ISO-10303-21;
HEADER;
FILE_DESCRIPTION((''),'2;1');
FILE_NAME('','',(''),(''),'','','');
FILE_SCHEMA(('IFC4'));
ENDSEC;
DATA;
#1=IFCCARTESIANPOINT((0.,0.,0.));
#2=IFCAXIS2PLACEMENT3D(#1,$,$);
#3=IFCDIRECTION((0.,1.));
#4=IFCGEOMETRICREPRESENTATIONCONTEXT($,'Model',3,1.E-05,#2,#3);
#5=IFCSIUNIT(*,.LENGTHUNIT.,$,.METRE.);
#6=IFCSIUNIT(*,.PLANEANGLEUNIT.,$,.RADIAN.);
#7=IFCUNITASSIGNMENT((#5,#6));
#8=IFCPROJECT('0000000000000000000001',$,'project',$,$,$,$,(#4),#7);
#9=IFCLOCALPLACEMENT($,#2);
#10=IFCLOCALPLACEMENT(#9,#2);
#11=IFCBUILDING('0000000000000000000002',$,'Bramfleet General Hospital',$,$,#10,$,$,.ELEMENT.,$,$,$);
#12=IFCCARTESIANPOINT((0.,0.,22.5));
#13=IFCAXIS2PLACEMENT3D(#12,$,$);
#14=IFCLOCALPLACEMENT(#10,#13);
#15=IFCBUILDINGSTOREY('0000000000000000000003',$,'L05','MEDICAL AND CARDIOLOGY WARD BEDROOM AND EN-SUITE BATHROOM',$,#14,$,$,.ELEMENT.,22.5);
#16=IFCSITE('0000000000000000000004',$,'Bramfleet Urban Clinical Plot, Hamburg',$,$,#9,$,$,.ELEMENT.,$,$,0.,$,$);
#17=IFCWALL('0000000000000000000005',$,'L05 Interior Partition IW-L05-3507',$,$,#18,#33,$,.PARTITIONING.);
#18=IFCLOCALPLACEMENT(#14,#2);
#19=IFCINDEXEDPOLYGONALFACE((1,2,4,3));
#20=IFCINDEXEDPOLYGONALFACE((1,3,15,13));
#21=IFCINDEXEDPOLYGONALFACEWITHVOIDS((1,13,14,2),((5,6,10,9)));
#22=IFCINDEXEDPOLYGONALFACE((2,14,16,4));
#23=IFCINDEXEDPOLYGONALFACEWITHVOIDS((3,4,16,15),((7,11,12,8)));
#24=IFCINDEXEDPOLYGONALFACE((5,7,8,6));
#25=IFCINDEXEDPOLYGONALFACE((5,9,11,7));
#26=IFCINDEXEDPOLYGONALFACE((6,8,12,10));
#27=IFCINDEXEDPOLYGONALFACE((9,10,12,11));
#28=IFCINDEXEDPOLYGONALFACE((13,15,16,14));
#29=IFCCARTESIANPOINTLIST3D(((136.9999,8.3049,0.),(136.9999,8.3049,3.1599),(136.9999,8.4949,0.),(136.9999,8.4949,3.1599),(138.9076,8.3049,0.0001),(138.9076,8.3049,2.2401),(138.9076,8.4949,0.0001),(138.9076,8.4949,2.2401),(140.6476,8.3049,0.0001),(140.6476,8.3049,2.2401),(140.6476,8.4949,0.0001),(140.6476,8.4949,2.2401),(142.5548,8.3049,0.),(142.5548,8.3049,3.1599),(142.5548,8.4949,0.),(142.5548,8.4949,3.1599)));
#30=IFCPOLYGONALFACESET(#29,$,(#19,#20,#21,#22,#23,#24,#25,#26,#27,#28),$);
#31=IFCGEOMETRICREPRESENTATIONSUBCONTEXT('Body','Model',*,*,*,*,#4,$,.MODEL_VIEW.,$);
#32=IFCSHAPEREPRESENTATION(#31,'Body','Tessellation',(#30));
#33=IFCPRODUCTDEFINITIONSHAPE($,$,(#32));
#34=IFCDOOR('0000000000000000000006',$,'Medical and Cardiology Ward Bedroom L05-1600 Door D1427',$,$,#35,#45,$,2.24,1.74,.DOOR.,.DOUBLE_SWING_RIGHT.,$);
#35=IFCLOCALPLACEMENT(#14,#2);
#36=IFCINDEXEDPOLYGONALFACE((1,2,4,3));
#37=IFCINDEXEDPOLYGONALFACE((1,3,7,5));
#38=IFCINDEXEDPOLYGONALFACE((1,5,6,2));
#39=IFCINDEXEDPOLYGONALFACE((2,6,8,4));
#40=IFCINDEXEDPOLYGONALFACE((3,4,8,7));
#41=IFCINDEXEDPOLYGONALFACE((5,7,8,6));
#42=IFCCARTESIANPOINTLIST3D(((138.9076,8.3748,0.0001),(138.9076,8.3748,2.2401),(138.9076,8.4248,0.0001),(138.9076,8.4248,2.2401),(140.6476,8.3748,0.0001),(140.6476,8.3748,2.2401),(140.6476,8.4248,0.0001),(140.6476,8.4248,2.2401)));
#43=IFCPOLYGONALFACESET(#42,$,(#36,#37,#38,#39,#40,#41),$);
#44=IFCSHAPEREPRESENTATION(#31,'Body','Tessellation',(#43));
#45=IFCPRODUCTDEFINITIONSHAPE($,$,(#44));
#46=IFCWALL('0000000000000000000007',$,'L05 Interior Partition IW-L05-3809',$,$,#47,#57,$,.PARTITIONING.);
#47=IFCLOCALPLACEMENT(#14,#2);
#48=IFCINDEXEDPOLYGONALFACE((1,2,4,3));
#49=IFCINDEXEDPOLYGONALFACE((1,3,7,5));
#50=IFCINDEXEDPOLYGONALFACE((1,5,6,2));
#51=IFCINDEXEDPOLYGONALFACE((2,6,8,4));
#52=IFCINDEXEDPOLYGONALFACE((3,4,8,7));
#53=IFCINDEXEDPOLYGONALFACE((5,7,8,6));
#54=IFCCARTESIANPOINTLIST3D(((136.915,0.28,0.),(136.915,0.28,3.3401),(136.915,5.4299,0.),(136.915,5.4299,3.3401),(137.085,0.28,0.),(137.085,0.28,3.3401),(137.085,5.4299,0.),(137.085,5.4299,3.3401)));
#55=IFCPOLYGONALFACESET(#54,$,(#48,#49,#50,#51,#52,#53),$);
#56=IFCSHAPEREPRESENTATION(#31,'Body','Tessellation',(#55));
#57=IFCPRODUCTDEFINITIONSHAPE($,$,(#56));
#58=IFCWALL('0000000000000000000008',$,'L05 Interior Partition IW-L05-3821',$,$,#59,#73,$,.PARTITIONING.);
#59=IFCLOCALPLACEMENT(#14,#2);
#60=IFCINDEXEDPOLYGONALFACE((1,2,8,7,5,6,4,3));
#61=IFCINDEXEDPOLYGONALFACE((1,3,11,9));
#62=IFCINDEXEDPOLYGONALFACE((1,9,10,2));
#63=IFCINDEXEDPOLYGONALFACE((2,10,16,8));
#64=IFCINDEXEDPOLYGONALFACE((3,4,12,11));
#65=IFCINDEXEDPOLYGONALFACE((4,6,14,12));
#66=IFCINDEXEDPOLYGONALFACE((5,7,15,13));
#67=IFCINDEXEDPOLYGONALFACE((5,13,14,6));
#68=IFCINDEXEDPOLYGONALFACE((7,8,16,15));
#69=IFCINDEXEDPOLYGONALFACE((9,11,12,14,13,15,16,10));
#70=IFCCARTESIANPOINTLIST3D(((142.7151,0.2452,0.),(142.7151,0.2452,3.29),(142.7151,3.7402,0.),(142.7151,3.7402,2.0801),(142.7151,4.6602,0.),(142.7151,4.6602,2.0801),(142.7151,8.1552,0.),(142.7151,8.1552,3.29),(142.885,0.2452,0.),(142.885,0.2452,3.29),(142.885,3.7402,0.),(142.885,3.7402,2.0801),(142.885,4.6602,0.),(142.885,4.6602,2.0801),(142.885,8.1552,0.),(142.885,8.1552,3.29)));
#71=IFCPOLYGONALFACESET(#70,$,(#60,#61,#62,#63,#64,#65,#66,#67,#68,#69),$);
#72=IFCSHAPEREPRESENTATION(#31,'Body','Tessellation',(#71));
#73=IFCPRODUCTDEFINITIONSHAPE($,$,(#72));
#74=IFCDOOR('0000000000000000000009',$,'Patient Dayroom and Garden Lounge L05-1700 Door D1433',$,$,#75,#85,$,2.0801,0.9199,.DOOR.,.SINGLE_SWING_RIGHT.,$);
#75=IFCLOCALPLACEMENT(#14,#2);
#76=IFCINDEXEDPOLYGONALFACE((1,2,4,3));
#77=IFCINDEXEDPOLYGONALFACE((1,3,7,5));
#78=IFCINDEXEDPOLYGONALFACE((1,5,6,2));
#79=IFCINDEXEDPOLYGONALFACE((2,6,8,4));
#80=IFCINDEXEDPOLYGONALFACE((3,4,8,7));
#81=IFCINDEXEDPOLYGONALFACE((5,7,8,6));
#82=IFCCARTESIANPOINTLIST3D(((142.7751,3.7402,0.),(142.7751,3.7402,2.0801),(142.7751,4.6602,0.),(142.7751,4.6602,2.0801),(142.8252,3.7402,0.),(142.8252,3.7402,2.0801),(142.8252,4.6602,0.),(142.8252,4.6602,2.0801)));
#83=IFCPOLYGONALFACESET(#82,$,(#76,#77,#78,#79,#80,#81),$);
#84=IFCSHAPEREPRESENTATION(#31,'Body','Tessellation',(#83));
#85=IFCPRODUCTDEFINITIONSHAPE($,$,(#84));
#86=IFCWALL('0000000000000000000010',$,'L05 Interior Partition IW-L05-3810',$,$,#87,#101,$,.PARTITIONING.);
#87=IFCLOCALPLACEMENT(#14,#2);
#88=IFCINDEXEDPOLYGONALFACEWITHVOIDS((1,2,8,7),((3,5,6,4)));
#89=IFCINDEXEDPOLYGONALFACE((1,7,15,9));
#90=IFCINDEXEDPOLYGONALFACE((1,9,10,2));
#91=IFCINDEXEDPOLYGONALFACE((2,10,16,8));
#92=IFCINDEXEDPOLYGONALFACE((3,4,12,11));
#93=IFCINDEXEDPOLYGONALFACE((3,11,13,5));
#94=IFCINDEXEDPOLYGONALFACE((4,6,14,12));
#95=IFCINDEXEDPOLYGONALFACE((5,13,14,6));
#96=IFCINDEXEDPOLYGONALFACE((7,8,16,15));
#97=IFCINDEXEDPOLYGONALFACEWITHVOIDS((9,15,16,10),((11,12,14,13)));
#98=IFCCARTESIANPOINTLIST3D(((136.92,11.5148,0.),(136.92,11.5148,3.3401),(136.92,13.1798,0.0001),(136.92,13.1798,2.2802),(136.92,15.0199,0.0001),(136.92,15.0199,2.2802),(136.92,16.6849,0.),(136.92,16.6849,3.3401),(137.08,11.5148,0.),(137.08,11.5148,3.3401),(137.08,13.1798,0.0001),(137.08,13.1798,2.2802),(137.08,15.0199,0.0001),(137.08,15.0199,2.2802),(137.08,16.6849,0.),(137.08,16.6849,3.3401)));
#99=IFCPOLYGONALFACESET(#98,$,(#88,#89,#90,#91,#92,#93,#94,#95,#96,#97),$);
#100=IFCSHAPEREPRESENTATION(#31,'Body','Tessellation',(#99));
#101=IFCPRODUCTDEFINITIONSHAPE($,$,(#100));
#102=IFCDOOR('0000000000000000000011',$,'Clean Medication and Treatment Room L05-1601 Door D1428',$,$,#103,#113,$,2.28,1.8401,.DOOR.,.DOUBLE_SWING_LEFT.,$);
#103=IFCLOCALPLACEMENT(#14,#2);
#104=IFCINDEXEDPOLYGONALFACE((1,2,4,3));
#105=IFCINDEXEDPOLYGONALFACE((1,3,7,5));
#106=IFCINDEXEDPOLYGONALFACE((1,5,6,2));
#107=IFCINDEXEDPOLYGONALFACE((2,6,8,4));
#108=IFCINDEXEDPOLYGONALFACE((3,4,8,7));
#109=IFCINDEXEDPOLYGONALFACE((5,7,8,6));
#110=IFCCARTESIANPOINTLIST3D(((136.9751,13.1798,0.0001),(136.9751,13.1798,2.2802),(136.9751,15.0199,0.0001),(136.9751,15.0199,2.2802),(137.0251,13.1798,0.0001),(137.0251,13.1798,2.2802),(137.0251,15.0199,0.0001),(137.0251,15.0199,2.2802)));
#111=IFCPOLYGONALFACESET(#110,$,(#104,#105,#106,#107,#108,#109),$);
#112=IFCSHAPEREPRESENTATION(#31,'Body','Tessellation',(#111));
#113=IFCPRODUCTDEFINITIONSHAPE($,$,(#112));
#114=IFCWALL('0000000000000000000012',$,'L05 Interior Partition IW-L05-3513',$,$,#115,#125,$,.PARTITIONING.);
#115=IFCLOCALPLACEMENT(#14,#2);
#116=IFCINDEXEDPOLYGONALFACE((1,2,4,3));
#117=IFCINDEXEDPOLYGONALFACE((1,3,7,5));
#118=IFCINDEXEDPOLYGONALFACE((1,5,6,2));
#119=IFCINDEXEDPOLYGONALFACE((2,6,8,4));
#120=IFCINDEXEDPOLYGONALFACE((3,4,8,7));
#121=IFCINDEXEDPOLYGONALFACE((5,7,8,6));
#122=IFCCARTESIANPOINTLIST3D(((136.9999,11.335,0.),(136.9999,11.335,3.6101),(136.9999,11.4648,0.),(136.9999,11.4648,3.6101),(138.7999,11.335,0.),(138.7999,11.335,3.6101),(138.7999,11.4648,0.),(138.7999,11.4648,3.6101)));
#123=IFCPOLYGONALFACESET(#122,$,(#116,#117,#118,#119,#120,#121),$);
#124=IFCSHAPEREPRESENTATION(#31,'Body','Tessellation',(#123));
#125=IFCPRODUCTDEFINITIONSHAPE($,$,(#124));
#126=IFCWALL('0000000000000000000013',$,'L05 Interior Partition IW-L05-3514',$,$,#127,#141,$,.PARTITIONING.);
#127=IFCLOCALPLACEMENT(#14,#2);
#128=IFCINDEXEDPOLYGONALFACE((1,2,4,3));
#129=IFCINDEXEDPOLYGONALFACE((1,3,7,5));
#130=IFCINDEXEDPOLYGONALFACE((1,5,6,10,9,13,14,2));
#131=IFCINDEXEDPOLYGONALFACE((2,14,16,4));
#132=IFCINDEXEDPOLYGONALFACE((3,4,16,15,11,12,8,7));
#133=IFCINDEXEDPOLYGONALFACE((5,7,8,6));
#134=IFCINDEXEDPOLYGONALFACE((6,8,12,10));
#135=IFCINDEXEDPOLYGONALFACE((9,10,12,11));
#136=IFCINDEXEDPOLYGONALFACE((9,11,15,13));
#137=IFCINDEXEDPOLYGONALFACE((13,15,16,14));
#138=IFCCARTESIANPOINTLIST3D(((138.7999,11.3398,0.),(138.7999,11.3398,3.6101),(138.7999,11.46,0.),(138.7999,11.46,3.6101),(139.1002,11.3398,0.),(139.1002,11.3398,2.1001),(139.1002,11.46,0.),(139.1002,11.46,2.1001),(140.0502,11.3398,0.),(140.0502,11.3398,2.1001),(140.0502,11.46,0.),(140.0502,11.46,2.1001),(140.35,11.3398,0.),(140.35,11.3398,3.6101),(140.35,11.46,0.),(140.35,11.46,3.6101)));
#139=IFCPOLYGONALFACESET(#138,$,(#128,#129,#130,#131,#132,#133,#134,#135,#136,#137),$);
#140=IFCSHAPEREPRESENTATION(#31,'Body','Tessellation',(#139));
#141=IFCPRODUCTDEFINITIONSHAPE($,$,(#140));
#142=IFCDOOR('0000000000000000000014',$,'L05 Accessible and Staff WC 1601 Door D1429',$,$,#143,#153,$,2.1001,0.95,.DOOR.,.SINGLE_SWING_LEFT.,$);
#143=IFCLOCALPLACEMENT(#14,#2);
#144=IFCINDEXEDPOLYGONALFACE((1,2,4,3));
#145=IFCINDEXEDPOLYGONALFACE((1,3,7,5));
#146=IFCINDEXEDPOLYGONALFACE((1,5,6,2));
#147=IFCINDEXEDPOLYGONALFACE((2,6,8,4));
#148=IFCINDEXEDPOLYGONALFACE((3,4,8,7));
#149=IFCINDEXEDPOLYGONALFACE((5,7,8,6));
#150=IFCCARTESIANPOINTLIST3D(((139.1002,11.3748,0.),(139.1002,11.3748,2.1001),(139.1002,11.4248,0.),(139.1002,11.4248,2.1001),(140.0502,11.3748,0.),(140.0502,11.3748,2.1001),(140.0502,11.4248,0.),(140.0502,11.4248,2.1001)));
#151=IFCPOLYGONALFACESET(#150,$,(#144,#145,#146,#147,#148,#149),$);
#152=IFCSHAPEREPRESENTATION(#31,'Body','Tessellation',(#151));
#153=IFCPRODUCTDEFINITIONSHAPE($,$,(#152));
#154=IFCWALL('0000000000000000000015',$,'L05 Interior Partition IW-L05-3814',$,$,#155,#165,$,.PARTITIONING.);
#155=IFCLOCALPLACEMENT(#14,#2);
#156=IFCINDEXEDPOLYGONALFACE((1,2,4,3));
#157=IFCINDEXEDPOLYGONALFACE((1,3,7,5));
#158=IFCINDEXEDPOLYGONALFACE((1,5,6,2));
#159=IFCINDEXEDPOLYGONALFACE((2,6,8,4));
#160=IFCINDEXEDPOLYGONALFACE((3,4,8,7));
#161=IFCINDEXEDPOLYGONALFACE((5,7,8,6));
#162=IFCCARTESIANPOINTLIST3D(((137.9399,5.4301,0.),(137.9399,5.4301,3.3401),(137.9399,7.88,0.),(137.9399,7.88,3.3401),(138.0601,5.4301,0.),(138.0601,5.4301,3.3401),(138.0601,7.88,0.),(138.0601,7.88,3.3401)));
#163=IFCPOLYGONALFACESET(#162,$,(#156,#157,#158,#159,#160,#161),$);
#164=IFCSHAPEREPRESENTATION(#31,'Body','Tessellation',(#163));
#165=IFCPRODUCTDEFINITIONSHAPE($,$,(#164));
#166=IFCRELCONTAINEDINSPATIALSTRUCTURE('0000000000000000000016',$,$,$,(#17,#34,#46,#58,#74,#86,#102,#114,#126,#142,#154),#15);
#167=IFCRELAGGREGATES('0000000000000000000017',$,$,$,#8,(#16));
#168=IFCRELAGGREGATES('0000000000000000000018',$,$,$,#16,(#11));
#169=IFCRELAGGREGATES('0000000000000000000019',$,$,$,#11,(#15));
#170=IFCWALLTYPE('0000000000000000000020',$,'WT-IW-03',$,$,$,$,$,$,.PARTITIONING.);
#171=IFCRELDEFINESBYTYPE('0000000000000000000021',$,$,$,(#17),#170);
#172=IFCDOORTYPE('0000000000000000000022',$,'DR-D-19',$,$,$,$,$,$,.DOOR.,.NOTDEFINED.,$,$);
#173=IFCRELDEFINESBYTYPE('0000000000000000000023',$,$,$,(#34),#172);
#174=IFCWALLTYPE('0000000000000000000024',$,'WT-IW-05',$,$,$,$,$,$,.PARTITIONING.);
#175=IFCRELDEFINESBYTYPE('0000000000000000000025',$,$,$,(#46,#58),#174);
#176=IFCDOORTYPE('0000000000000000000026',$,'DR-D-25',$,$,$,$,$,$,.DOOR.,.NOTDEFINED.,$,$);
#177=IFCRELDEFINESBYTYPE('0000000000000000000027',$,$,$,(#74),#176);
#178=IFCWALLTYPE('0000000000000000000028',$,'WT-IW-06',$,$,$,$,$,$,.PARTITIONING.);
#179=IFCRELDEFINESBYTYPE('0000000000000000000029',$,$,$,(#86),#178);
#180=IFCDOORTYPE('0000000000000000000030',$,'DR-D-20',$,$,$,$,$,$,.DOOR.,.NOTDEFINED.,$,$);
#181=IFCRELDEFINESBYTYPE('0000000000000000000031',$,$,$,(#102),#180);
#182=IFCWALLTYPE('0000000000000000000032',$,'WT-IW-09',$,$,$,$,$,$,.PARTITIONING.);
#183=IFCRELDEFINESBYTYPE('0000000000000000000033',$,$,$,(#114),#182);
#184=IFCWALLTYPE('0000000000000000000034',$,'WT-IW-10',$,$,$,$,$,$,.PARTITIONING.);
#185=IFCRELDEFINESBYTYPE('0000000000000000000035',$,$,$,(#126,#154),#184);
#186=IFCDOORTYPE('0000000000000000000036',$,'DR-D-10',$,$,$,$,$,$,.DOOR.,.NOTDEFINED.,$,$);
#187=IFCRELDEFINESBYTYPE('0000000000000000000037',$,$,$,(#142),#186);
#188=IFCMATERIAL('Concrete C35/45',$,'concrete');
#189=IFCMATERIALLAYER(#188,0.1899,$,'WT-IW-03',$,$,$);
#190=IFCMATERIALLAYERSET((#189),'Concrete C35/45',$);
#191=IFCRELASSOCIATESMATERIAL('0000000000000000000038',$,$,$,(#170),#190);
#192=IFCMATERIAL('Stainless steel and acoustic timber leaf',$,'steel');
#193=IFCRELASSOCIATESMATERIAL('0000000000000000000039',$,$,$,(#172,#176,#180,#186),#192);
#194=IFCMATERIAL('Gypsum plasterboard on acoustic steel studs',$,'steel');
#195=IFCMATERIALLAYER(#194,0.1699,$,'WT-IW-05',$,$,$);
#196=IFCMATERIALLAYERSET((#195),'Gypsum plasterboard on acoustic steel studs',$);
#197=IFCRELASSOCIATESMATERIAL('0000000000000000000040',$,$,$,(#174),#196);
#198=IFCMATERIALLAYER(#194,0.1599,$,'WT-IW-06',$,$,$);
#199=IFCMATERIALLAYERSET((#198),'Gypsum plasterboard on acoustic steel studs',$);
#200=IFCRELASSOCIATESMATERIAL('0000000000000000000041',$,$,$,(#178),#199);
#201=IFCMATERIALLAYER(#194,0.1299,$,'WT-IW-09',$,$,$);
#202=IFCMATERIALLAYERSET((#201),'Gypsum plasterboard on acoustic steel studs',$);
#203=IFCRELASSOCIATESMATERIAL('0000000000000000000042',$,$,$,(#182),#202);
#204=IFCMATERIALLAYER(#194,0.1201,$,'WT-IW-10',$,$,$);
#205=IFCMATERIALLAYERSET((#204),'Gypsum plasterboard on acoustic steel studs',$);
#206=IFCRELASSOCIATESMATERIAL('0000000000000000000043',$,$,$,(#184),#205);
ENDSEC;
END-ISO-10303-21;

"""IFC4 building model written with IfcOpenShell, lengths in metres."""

from ifc_helpers import new_model, si_unit, direction, frame, frame_2d, origin, place, context, subcontext, project, spatial, rectangle, extrude, material, layer, layer_set, type_object, element, fill, save


model = new_model("IFC4")

# Units and contexts
model_context = context("Model", 3, precision=1e-05, world=origin(), true_north=direction((0.0, 1.0)))
body_context = subcontext(model_context, "Body", "Model", "MODEL_VIEW")
ifc_project = project(units=[si_unit("LENGTHUNIT", "METRE"), si_unit("PLANEANGLEUNIT", "RADIAN")], contexts=[model_context])

# Site, building, storey
site_placement = place(None, origin())
site = spatial("IfcSite", under=ifc_project, at=site_placement, Name="Bramfleet Urban Clinical Plot, Hamburg", CompositionType="ELEMENT", RefElevation=0.0)
building_placement = place(site_placement, origin())
building = spatial("IfcBuilding", under=site, at=building_placement, Name="Bramfleet General Hospital", CompositionType="ELEMENT")
storey_placement = place(building_placement, frame((0.0, 0.0, 22.5)))
storey = spatial("IfcBuildingStorey", under=building, at=storey_placement, Name="L05", Description="MEDICAL AND CARDIOLOGY WARD BEDROOM AND EN-SUITE BATHROOM", CompositionType="ELEMENT", Elevation=22.5)

# Shared definitions
ifc_material_1 = material(Name="Concrete C35/45", Category="concrete")

# Wall, opening, door
ifc_layer_1 = layer(ifc_material_1, 0.1899, Name="WT-IW-03")
ifc_layer_set_1 = layer_set([ifc_layer_1], Name="Concrete C35/45")
wall_type_1 = type_object("IfcWallType", Name="WT-IW-03", PredefinedType="PARTITIONING", material=ifc_layer_set_1)
wall_1_placement = place(storey_placement, frame((137.0, 8.3999, 0.0), z_axis=(0.0, 0.0, 1.0), x_axis=(1.0, 0.0, 0.0)))
wall_1 = element("IfcWall", 1, at=wall_1_placement, inside=storey, type_object=wall_type_1, Name="L05 Interior Partition IW-L05-3507", PredefinedType="PARTITIONING", context=body_context, shape_type="SweptSolid", body=[
    extrude(rectangle(XDim=5.5549, YDim=0.1899, at=frame_2d((2.7773, 0.0))), origin(), (0.0, 0.0, 1.0), 3.1599),
])
opening_1_placement = place(wall_1_placement, frame((1.9075, 0.0, 0.0)))
opening_1 = element("IfcOpeningElement", 2, at=opening_1_placement, cuts=wall_1, PredefinedType="OPENING", context=body_context, shape_type="SweptSolid", body=[
    extrude(rectangle(XDim=1.74, YDim=2.24, at=frame_2d((0.8701, 1.1201))), frame((0.0, 0.105, 0.0), z_axis=(0.0, -1.0, 0.0), x_axis=(1.0, 0.0, 0.0)), (0.0, 0.0, 1.0), 0.21),
])
ifc_material_2 = material(Name="Stainless steel and acoustic timber leaf", Category="steel")
door_type_1 = type_object("IfcDoorType", Name="DR-D-19", OperationType="NOTDEFINED", PredefinedType="DOOR", material=ifc_material_2)
door_1_placement = place(opening_1_placement, origin())
door_1 = element("IfcDoor", 3, at=door_1_placement, inside=storey, type_object=door_type_1, Name="Medical and Cardiology Ward Bedroom L05-1600 Door D1427", OperationType="DOUBLE_SWING_RIGHT", OverallHeight=2.24, OverallWidth=1.74, PredefinedType="DOOR", context=body_context, shape_type="SweptSolid", body=[
    extrude(rectangle(XDim=1.74, YDim=2.24, at=frame_2d((0.8701, 1.1201))), frame((0.0, 0.0249, 0.0), z_axis=(0.0, -1.0, 0.0), x_axis=(1.0, 0.0, 0.0)), (0.0, 0.0, 1.0), 0.05),
])
fill(opening_1, door_1)

# Wall
ifc_material_3 = material(Name="Gypsum plasterboard on acoustic steel studs", Category="steel")
ifc_layer_2 = layer(ifc_material_3, 0.1699, Name="WT-IW-05")
ifc_layer_set_2 = layer_set([ifc_layer_2], Name="Gypsum plasterboard on acoustic steel studs")
wall_type_2 = type_object("IfcWallType", Name="WT-IW-05", PredefinedType="PARTITIONING", material=ifc_layer_set_2)
wall_2_placement = place(storey_placement, frame((137.0, 0.28, 0.0), z_axis=(0.0, 0.0, 1.0), x_axis=(0.0, 1.0, 0.0)))
element("IfcWall", 4, at=wall_2_placement, inside=storey, type_object=wall_type_2, Name="L05 Interior Partition IW-L05-3809", PredefinedType="PARTITIONING", context=body_context, shape_type="SweptSolid", body=[
    extrude(rectangle(XDim=5.1499, YDim=0.1699, at=frame_2d((2.575, 0.0))), origin(), (0.0, 0.0, 1.0), 3.3401),
])

# Walls, openings, doors
wall_3_placement = place(storey_placement, frame((142.8, 0.2451, 0.0), z_axis=(0.0, 0.0, 1.0), x_axis=(0.0, 1.0, 0.0)))
wall_3 = element("IfcWall", 5, at=wall_3_placement, inside=storey, type_object=wall_type_2, Name="L05 Interior Partition IW-L05-3821", PredefinedType="PARTITIONING", context=body_context, shape_type="SweptSolid", body=[
    extrude(rectangle(XDim=7.9099, YDim=0.1699, at=frame_2d((3.9551, 0.0))), origin(), (0.0, 0.0, 1.0), 3.29),
])
opening_2_placement = place(wall_3_placement, frame((3.4951, 0.0, 0.0)))
opening_2 = element("IfcOpeningElement", 6, at=opening_2_placement, cuts=wall_3, PredefinedType="OPENING", context=body_context, shape_type="SweptSolid", body=[
    extrude(rectangle(XDim=0.9199, YDim=2.0801, at=frame_2d((0.46, 1.04))), frame((0.0, 0.095, 0.0), z_axis=(0.0, -1.0, 0.0), x_axis=(1.0, 0.0, 0.0)), (0.0, 0.0, 1.0), 0.1899),
])
door_type_2 = type_object("IfcDoorType", Name="DR-D-25", OperationType="NOTDEFINED", PredefinedType="DOOR", material=ifc_material_2)
door_2_placement = place(opening_2_placement, origin())
door_2 = element("IfcDoor", 7, at=door_2_placement, inside=storey, type_object=door_type_2, Name="Patient Dayroom and Garden Lounge L05-1700 Door D1433", OperationType="SINGLE_SWING_RIGHT", OverallHeight=2.0801, OverallWidth=0.9199, PredefinedType="DOOR", context=body_context, shape_type="SweptSolid", body=[
    extrude(rectangle(XDim=0.9199, YDim=2.0801, at=frame_2d((0.46, 1.04))), frame((0.0, 0.0249, 0.0), z_axis=(0.0, -1.0, 0.0), x_axis=(1.0, 0.0, 0.0)), (0.0, 0.0, 1.0), 0.05),
])
fill(opening_2, door_2)
ifc_layer_3 = layer(ifc_material_3, 0.1599, Name="WT-IW-06")
ifc_layer_set_3 = layer_set([ifc_layer_3], Name="Gypsum plasterboard on acoustic steel studs")
wall_type_3 = type_object("IfcWallType", Name="WT-IW-06", PredefinedType="PARTITIONING", material=ifc_layer_set_3)
wall_4_placement = place(storey_placement, frame((137.0, 11.5149, 0.0), z_axis=(0.0, 0.0, 1.0), x_axis=(0.0, 1.0, 0.0)))
wall_4 = element("IfcWall", 8, at=wall_4_placement, inside=storey, type_object=wall_type_3, Name="L05 Interior Partition IW-L05-3810", PredefinedType="PARTITIONING", context=body_context, shape_type="SweptSolid", body=[
    extrude(rectangle(XDim=5.1702, YDim=0.1599, at=frame_2d((2.585, 0.0))), origin(), (0.0, 0.0, 1.0), 3.3401),
])
opening_3_placement = place(wall_4_placement, frame((1.665, 0.0, 0.0)))
opening_3 = element("IfcOpeningElement", 9, at=opening_3_placement, cuts=wall_4, PredefinedType="OPENING", context=body_context, shape_type="SweptSolid", body=[
    extrude(rectangle(XDim=1.8401, YDim=2.28, at=frame_2d((0.9199, 1.1401))), frame((0.0, 0.0898, 0.0), z_axis=(0.0, -1.0, 0.0), x_axis=(1.0, 0.0, 0.0)), (0.0, 0.0, 1.0), 0.1799),
])
door_type_3 = type_object("IfcDoorType", Name="DR-D-20", OperationType="NOTDEFINED", PredefinedType="DOOR", material=ifc_material_2)
door_3_placement = place(opening_3_placement, origin())
door_3 = element("IfcDoor", 10, at=door_3_placement, inside=storey, type_object=door_type_3, Name="Clean Medication and Treatment Room L05-1601 Door D1428", OperationType="DOUBLE_SWING_LEFT", OverallHeight=2.28, OverallWidth=1.8401, PredefinedType="DOOR", context=body_context, shape_type="SweptSolid", body=[
    extrude(rectangle(XDim=1.8401, YDim=2.28, at=frame_2d((0.9199, 1.1401))), frame((0.0, 0.0249, 0.0), z_axis=(0.0, -1.0, 0.0), x_axis=(1.0, 0.0, 0.0)), (0.0, 0.0, 1.0), 0.05),
])
fill(opening_3, door_3)

# Wall
ifc_layer_4 = layer(ifc_material_3, 0.1299, Name="WT-IW-09")
ifc_layer_set_4 = layer_set([ifc_layer_4], Name="Gypsum plasterboard on acoustic steel studs")
wall_type_4 = type_object("IfcWallType", Name="WT-IW-09", PredefinedType="PARTITIONING", material=ifc_layer_set_4)
wall_5_placement = place(storey_placement, frame((137.0, 11.3999, 0.0), z_axis=(0.0, 0.0, 1.0), x_axis=(1.0, 0.0, 0.0)))
element("IfcWall", 11, at=wall_5_placement, inside=storey, type_object=wall_type_4, Name="L05 Interior Partition IW-L05-3513", PredefinedType="PARTITIONING", context=body_context, shape_type="SweptSolid", body=[
    extrude(rectangle(XDim=1.8, YDim=0.1299, at=frame_2d((0.8999, 0.0))), origin(), (0.0, 0.0, 1.0), 3.6101),
])

# Wall, opening, door
ifc_layer_5 = layer(ifc_material_3, 0.1201, Name="WT-IW-10")
ifc_layer_set_5 = layer_set([ifc_layer_5], Name="Gypsum plasterboard on acoustic steel studs")
wall_type_5 = type_object("IfcWallType", Name="WT-IW-10", PredefinedType="PARTITIONING", material=ifc_layer_set_5)
wall_6_placement = place(storey_placement, frame((138.8, 11.3999, 0.0), z_axis=(0.0, 0.0, 1.0), x_axis=(1.0, 0.0, 0.0)))
wall_6 = element("IfcWall", 12, at=wall_6_placement, inside=storey, type_object=wall_type_5, Name="L05 Interior Partition IW-L05-3514", PredefinedType="PARTITIONING", context=body_context, shape_type="SweptSolid", body=[
    extrude(rectangle(XDim=1.55, YDim=0.1201, at=frame_2d((0.7749, 0.0))), origin(), (0.0, 0.0, 1.0), 3.6101),
])
opening_4_placement = place(wall_6_placement, frame((0.3, 0.0, 0.0)))
opening_4 = element("IfcOpeningElement", 13, at=opening_4_placement, cuts=wall_6, PredefinedType="OPENING", context=body_context, shape_type="SweptSolid", body=[
    extrude(rectangle(XDim=0.95, YDim=2.1001, at=frame_2d((0.4751, 1.05))), frame((0.0, 0.0701, 0.0), z_axis=(0.0, -1.0, 0.0), x_axis=(1.0, 0.0, 0.0)), (0.0, 0.0, 1.0), 0.1401),
])
door_type_4 = type_object("IfcDoorType", Name="DR-D-10", OperationType="NOTDEFINED", PredefinedType="DOOR", material=ifc_material_2)
door_4_placement = place(opening_4_placement, origin())
door_4 = element("IfcDoor", 14, at=door_4_placement, inside=storey, type_object=door_type_4, Name="L05 Accessible and Staff WC 1601 Door D1429", OperationType="SINGLE_SWING_LEFT", OverallHeight=2.1001, OverallWidth=0.95, PredefinedType="DOOR", context=body_context, shape_type="SweptSolid", body=[
    extrude(rectangle(XDim=0.95, YDim=2.1001, at=frame_2d((0.4751, 1.05))), frame((0.0, 0.0249, 0.0), z_axis=(0.0, -1.0, 0.0), x_axis=(1.0, 0.0, 0.0)), (0.0, 0.0, 1.0), 0.05),
])
fill(opening_4, door_4)

# Wall
wall_7_placement = place(storey_placement, frame((138.0, 5.4299, 0.0), z_axis=(0.0, 0.0, 1.0), x_axis=(0.0, 1.0, 0.0)))
element("IfcWall", 15, at=wall_7_placement, inside=storey, type_object=wall_type_5, Name="L05 Interior Partition IW-L05-3814", PredefinedType="PARTITIONING", context=body_context, shape_type="SweptSolid", body=[
    extrude(rectangle(XDim=2.45, YDim=0.1201, at=frame_2d((1.2251, 0.0))), origin(), (0.0, 0.0, 1.0), 3.3401),
])

save(model, "model.ifc")
